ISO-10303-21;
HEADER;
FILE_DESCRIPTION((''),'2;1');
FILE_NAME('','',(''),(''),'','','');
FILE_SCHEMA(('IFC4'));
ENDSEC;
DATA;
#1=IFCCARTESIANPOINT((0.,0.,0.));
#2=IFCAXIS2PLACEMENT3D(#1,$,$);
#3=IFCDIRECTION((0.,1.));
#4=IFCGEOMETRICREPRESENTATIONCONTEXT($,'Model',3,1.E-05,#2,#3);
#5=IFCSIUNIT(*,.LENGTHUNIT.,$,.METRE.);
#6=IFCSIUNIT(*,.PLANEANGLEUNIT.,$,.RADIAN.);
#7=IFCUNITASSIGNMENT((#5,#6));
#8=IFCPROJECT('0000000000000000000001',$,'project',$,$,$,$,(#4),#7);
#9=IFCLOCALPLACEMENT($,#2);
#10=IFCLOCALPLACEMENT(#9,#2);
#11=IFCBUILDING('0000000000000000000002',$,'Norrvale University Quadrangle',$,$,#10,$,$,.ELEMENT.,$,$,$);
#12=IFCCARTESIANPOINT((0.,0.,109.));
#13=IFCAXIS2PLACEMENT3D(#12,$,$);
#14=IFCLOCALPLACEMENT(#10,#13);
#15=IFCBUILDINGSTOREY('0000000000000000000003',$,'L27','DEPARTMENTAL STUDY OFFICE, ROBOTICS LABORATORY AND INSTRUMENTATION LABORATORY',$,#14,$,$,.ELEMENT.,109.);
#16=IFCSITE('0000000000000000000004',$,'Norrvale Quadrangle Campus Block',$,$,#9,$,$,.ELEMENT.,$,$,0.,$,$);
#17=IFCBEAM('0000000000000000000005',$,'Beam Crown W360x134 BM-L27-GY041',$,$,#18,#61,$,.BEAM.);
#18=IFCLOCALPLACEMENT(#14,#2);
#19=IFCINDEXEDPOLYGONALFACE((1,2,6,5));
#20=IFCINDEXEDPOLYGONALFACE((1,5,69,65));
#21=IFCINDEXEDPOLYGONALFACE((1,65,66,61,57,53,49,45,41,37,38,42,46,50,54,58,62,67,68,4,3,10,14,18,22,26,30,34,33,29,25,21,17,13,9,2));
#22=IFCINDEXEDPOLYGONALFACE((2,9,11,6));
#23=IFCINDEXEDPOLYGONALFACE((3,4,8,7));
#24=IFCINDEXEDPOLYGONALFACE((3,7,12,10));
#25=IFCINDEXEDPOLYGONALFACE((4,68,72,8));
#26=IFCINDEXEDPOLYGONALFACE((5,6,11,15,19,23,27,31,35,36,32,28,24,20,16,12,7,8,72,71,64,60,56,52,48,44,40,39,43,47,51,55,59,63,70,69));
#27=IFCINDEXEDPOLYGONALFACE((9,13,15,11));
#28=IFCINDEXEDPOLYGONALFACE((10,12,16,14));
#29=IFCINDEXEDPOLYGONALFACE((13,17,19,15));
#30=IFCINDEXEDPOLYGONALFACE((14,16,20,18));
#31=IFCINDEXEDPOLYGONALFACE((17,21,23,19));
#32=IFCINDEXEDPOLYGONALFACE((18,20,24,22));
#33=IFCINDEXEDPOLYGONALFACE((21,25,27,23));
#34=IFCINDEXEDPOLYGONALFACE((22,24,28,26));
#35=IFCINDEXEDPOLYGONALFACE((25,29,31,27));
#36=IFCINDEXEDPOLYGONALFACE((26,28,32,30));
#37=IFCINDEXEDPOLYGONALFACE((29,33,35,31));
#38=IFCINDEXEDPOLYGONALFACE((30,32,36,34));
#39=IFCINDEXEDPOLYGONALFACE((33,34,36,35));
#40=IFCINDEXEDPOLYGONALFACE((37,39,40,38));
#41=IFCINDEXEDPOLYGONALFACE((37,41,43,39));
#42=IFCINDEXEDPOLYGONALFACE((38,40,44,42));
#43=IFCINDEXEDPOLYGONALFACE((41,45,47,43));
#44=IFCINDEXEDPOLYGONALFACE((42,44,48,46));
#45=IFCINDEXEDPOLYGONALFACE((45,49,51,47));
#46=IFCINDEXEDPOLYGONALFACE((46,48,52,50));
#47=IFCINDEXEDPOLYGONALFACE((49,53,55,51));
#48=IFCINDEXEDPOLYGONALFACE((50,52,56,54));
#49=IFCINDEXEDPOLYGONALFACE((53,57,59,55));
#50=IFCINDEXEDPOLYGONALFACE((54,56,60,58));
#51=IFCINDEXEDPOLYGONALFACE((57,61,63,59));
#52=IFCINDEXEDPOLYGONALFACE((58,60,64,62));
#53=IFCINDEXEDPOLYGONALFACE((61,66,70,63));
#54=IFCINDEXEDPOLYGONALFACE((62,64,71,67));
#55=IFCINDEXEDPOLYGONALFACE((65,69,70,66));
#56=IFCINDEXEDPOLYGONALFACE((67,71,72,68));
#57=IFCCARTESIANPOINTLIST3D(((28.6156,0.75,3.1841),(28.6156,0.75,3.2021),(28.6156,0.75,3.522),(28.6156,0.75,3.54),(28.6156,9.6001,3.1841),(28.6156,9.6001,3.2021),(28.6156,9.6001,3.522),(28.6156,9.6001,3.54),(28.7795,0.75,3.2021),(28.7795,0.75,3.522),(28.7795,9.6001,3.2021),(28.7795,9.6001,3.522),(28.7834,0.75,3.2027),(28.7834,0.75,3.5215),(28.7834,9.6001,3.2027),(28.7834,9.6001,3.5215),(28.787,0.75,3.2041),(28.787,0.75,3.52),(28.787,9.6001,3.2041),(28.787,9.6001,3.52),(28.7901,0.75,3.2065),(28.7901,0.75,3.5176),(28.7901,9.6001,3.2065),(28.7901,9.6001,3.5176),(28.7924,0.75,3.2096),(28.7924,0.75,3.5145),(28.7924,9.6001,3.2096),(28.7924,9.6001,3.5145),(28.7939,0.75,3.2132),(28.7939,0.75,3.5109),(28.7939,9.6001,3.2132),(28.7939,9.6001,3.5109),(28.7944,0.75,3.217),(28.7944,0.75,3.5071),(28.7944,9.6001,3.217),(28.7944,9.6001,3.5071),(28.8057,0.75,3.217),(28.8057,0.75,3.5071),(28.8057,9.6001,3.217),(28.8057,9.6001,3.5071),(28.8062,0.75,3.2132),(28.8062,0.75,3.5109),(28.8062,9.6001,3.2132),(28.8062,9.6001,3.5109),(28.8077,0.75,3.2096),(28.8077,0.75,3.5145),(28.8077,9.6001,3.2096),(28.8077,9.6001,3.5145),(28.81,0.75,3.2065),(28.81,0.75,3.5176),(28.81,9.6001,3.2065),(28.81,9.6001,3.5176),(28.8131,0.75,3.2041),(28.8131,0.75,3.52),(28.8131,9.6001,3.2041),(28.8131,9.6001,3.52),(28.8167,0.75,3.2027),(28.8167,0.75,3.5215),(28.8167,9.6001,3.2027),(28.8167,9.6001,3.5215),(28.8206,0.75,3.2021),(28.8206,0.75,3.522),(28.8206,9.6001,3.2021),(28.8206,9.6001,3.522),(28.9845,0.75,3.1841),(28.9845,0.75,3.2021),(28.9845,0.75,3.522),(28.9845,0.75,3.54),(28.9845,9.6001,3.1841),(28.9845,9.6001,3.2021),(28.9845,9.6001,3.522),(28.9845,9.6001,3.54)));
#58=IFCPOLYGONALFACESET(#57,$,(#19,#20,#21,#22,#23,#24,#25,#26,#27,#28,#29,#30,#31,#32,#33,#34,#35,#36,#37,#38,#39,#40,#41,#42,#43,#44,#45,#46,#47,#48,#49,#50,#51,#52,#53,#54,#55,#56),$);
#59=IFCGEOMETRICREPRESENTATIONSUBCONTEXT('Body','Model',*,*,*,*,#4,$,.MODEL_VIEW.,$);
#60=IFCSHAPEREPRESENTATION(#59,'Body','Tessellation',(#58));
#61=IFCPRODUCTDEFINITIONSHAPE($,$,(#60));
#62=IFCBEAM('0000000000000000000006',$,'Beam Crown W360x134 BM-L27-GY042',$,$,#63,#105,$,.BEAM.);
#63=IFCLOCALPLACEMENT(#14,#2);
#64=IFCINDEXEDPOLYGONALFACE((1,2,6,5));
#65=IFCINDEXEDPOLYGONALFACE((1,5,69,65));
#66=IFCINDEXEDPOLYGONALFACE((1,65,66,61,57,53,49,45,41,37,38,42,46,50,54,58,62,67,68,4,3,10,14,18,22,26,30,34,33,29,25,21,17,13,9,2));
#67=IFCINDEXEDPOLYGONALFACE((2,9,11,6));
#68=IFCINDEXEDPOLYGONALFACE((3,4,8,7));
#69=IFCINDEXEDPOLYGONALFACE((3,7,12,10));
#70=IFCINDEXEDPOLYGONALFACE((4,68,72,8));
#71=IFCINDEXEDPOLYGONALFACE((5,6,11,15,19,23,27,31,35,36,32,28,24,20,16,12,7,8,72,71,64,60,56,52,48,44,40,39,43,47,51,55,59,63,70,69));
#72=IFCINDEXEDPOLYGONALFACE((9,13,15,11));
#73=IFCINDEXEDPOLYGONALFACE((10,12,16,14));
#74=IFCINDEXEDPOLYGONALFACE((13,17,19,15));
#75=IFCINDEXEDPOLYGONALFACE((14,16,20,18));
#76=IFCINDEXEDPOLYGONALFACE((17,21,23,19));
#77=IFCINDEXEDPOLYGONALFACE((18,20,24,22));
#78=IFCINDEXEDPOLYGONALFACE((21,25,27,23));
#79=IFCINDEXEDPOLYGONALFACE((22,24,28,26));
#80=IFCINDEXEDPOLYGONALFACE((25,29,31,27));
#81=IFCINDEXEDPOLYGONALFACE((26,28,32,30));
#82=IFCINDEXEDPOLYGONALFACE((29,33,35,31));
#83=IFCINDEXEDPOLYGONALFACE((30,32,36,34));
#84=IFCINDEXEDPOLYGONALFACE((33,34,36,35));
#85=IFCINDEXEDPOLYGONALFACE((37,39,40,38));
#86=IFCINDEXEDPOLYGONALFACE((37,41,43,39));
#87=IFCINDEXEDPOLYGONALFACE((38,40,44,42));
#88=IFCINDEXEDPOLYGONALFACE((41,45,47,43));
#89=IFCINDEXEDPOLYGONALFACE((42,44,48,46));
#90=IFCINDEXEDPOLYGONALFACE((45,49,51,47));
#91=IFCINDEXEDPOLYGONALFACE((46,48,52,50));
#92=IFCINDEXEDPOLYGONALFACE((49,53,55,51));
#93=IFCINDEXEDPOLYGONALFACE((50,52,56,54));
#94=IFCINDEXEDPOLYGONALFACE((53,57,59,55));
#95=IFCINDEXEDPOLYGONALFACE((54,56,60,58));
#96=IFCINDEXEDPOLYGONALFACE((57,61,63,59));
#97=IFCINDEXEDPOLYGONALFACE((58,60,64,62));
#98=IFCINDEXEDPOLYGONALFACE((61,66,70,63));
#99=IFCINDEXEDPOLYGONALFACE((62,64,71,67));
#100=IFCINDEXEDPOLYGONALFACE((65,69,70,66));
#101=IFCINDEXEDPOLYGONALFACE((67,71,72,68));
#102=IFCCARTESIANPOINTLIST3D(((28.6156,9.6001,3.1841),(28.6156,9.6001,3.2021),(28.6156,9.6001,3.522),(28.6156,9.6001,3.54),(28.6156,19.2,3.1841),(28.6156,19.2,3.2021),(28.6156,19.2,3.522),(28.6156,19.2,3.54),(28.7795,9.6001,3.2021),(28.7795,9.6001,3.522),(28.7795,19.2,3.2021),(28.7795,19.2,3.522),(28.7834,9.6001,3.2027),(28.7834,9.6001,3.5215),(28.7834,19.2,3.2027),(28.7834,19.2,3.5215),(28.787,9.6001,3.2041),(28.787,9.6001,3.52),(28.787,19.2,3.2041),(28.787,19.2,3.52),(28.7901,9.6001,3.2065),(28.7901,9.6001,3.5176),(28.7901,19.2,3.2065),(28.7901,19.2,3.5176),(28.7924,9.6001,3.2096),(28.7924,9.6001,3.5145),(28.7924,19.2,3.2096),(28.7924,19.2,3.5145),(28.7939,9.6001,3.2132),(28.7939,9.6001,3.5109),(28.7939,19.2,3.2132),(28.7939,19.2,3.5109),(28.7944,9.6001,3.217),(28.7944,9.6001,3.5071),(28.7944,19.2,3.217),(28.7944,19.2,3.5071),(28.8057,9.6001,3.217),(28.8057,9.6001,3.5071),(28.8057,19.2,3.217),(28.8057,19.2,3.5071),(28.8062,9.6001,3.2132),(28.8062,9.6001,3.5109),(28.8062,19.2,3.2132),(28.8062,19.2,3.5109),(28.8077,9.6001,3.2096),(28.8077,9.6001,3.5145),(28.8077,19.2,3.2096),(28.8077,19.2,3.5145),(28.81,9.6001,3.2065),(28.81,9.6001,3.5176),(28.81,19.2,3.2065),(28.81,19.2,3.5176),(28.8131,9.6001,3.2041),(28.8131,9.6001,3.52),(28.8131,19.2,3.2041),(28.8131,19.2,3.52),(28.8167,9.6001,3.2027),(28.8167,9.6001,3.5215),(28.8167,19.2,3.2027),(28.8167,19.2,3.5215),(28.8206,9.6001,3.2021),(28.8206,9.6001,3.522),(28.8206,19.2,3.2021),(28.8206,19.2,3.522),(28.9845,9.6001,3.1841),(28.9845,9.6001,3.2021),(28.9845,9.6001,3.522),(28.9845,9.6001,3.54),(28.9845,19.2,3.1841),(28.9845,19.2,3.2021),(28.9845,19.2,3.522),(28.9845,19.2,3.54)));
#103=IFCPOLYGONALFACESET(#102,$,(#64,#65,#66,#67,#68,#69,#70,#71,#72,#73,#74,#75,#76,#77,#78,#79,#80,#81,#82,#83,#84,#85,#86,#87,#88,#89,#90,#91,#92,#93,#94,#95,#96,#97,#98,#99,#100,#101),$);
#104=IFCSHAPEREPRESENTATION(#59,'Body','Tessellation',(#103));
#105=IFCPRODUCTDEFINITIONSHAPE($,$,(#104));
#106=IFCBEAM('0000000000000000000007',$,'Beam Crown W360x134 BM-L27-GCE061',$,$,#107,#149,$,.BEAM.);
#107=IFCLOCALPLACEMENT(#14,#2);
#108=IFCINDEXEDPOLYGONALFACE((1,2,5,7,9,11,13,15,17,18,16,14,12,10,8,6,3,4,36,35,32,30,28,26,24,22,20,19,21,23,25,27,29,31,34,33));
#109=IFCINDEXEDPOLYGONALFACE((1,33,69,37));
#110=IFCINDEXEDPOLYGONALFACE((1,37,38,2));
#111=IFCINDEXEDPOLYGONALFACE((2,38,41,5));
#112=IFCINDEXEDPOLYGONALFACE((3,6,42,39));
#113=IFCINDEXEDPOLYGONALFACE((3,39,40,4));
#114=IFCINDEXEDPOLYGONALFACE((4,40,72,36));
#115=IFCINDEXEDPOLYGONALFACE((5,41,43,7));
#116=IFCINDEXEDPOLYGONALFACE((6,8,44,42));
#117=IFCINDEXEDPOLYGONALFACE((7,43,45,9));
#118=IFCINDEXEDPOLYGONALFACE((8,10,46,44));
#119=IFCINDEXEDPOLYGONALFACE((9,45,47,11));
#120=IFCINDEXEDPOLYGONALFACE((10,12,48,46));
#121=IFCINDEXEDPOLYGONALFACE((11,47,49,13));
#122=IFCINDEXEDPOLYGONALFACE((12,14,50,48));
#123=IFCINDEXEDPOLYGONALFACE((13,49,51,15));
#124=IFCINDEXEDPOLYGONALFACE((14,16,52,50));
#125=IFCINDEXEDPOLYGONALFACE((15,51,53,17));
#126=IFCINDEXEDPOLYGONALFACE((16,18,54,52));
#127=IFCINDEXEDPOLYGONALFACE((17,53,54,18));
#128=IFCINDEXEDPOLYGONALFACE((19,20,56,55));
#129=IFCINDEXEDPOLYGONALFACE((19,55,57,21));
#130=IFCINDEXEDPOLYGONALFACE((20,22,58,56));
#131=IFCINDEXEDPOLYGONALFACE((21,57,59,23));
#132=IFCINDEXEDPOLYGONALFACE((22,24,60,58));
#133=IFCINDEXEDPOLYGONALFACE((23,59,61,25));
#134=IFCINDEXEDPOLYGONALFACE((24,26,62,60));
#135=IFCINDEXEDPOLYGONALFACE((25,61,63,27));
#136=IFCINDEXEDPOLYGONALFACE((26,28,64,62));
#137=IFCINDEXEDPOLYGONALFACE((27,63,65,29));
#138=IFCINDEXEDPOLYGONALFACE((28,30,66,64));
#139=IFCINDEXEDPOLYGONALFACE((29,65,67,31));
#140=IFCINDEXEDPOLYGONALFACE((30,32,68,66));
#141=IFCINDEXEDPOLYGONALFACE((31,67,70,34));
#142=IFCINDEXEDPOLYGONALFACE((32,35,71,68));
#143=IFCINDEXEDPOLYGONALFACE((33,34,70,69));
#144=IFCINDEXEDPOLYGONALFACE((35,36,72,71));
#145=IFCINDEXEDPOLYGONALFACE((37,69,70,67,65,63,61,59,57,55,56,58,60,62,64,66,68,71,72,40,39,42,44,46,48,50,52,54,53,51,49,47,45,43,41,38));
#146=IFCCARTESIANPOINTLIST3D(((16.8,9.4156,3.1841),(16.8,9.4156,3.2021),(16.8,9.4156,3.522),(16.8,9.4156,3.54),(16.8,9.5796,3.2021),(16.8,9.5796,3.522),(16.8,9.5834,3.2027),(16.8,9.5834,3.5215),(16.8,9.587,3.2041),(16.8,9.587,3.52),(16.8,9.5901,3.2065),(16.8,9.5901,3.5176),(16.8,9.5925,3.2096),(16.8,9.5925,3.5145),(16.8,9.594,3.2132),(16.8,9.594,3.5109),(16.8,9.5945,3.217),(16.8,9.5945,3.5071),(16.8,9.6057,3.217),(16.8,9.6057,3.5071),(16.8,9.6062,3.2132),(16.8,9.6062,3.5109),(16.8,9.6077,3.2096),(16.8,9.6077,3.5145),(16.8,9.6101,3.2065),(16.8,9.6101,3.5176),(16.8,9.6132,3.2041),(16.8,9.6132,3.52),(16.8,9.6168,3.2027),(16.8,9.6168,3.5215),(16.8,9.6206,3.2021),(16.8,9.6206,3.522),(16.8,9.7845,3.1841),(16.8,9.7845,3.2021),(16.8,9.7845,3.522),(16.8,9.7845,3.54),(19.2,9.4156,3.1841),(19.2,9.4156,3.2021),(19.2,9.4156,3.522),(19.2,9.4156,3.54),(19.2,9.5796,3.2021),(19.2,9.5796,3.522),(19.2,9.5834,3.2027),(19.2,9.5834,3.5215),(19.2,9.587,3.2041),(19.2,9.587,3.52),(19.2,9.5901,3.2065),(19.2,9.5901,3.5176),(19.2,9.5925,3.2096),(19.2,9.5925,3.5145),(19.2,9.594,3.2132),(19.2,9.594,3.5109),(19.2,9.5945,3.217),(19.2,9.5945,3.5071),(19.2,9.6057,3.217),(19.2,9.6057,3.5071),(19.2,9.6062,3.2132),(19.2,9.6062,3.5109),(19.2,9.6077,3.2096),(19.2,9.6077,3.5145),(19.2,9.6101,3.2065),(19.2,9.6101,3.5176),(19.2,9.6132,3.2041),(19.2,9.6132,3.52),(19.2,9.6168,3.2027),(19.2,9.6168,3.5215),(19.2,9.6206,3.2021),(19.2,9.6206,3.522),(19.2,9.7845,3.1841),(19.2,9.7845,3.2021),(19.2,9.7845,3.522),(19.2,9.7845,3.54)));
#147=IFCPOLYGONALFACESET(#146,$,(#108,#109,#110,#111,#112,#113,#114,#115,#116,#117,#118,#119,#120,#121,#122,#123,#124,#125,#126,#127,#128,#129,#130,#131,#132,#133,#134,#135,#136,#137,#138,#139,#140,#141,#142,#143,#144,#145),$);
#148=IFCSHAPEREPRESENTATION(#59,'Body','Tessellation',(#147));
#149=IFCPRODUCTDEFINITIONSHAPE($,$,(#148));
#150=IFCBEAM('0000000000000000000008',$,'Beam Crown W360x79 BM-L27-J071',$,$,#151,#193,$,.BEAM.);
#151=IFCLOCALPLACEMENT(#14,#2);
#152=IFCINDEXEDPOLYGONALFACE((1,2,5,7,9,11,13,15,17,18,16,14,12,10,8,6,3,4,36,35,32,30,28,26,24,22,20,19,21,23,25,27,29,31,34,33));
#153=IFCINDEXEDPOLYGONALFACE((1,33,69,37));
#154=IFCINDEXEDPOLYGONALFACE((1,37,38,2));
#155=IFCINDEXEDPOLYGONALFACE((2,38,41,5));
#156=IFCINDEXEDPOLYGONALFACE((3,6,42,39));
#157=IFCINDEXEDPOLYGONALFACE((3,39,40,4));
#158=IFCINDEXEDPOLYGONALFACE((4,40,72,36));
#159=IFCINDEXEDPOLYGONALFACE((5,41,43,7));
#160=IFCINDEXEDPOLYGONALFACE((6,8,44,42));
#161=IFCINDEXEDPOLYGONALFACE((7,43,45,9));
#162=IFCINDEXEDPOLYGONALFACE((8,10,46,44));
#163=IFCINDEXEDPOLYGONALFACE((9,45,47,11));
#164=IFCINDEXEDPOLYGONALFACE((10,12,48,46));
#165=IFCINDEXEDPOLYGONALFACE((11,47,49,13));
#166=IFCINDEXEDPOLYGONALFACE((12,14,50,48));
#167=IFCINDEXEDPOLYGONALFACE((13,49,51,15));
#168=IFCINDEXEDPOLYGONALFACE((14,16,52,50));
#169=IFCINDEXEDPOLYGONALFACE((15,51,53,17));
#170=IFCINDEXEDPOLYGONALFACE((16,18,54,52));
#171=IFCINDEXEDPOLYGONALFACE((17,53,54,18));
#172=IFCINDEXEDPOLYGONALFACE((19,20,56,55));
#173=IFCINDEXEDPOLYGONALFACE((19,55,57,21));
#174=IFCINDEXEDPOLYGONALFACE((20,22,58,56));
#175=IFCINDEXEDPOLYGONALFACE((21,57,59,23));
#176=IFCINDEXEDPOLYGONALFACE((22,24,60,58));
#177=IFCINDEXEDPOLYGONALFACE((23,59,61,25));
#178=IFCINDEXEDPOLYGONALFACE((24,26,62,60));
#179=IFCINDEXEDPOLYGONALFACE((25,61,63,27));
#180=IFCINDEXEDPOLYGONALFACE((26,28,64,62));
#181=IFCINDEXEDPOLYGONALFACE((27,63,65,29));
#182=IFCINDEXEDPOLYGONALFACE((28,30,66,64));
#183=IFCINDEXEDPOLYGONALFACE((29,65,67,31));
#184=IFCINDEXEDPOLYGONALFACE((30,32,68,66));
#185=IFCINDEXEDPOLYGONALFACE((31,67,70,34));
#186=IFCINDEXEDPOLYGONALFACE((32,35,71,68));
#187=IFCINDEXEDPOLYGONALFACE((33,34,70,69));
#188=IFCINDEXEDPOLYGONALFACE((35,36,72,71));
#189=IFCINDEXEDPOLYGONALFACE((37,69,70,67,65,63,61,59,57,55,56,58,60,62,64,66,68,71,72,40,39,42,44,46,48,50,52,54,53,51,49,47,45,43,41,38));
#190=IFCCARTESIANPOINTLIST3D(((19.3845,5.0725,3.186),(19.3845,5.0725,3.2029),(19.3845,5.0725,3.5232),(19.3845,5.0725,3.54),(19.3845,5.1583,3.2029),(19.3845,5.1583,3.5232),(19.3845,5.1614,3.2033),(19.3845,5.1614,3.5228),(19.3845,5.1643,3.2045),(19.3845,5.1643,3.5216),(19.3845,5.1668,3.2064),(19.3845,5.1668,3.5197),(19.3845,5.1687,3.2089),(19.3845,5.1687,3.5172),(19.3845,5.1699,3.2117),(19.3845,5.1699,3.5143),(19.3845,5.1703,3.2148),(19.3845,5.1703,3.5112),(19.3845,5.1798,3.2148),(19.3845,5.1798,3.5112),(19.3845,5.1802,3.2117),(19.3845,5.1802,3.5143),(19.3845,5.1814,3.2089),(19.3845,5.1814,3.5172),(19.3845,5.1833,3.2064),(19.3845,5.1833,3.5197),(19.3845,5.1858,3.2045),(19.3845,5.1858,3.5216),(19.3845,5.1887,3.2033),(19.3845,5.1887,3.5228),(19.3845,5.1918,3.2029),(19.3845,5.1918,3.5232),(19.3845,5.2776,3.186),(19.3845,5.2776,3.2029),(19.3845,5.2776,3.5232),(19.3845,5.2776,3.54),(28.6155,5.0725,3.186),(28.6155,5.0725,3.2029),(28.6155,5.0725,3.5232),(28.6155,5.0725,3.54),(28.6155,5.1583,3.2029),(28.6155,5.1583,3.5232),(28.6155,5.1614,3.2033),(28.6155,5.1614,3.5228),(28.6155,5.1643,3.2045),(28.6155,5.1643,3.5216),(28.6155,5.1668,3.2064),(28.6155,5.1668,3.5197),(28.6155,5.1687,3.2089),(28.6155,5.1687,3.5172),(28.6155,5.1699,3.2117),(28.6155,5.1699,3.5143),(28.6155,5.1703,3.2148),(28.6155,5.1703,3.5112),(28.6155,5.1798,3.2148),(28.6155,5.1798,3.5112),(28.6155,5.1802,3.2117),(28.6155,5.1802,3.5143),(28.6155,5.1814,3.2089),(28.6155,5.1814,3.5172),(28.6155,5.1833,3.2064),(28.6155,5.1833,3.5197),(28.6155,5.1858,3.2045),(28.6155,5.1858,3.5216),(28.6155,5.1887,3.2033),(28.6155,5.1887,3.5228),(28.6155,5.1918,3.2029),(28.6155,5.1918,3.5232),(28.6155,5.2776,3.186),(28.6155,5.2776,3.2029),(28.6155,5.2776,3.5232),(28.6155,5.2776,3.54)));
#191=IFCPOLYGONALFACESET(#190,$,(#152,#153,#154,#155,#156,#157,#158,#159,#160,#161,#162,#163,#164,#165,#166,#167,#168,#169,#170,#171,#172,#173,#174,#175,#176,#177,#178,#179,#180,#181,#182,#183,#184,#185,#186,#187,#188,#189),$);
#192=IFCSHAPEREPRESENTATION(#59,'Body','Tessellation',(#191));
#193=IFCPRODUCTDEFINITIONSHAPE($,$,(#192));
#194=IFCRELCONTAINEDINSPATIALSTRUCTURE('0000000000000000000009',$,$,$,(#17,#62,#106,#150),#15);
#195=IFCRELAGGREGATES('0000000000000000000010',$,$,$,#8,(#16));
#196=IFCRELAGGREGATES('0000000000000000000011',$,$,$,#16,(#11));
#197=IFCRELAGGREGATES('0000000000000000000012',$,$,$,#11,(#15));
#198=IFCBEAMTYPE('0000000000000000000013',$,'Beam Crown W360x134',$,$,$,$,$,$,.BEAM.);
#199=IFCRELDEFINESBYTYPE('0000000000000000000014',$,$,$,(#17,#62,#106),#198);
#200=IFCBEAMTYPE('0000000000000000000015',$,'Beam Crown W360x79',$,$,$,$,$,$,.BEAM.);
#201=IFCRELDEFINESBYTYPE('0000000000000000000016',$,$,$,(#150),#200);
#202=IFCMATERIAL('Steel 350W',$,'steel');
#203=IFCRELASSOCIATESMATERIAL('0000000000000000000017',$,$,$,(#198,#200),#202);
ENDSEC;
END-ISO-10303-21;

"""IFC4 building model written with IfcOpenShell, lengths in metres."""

from ifc_helpers import new_model, si_unit, direction, frame, origin, origin_2d, place, context, subcontext, project, spatial, i_section, extrude, material, material_profile, profile_set, type_object, element, save


model = new_model("IFC4")

# Units and contexts
model_context = context("Model", 3, precision=1e-05, world=origin(), true_north=direction((0.0, 1.0)))
body_context = subcontext(model_context, "Body", "Model", "MODEL_VIEW")
ifc_project = project(units=[si_unit("LENGTHUNIT", "METRE"), si_unit("PLANEANGLEUNIT", "RADIAN")], contexts=[model_context])

# Site, building, storey
site_placement = place(None, origin())
site = spatial("IfcSite", under=ifc_project, at=site_placement, Name="Norrvale Quadrangle Campus Block", CompositionType="ELEMENT", RefElevation=0.0)
building_placement = place(site_placement, origin())
building = spatial("IfcBuilding", under=site, at=building_placement, Name="Norrvale University Quadrangle", CompositionType="ELEMENT")
storey_placement = place(building_placement, frame((0.0, 0.0, 109.0)))
storey = spatial("IfcBuildingStorey", under=building, at=storey_placement, Name="L27", Description="DEPARTMENTAL STUDY OFFICE, ROBOTICS LABORATORY AND INSTRUMENTATION LABORATORY", CompositionType="ELEMENT", Elevation=109.0)

# Beams
ifc_material_1 = material(Name="Steel 350W", Category="steel")
ifc_material_profile_1 = material_profile(ifc_material_1, i_section(OverallWidth=0.3689, OverallDepth=0.356, WebThickness=0.0112, FlangeThickness=0.0181, FilletRadius=0.0149, at=origin_2d()), Name="Steel 350W")
ifc_profile_set_1 = profile_set([ifc_material_profile_1], Name="Steel 350W")
beam_type_1 = type_object("IfcBeamType", Name="Beam Crown W360x134", PredefinedType="BEAM", material=ifc_profile_set_1)
beam_1_placement = place(storey_placement, frame((28.8, 0.75, 3.3621), z_axis=(0.0, 1.0, 0.0), x_axis=(-1.0, 0.0, 0.0)))
element("IfcBeam", 1, at=beam_1_placement, inside=storey, type_object=beam_type_1, Name="Beam Crown W360x134 BM-L27-GY041", PredefinedType="BEAM", context=body_context, shape_type="SweptSolid", body=[
    extrude(i_section(OverallWidth=0.3689, OverallDepth=0.356, WebThickness=0.0112, FlangeThickness=0.0181, FilletRadius=0.0149, at=origin_2d()), origin(), (0.0, 0.0, 1.0), 8.8501),
])
beam_2_placement = place(storey_placement, frame((28.8, 9.6001, 3.3621), z_axis=(0.0, 1.0, 0.0), x_axis=(-1.0, 0.0, 0.0)))
element("IfcBeam", 2, at=beam_2_placement, inside=storey, type_object=beam_type_1, Name="Beam Crown W360x134 BM-L27-GY042", PredefinedType="BEAM", context=body_context, shape_type="SweptSolid", body=[
    extrude(i_section(OverallWidth=0.3689, OverallDepth=0.356, WebThickness=0.0112, FlangeThickness=0.0181, FilletRadius=0.0149, at=origin_2d()), origin(), (0.0, 0.0, 1.0), 9.5999),
])
beam_3_placement = place(storey_placement, frame((16.8, 9.6001, 3.3621), z_axis=(1.0, 0.0, 0.0), x_axis=(0.0, 1.0, 0.0)))
element("IfcBeam", 3, at=beam_3_placement, inside=storey, type_object=beam_type_1, Name="Beam Crown W360x134 BM-L27-GCE061", PredefinedType="BEAM", context=body_context, shape_type="SweptSolid", body=[
    extrude(i_section(OverallWidth=0.3689, OverallDepth=0.356, WebThickness=0.0112, FlangeThickness=0.0181, FilletRadius=0.0149, at=origin_2d()), origin(), (0.0, 0.0, 1.0), 2.3999),
])
ifc_material_profile_2 = material_profile(ifc_material_1, i_section(OverallWidth=0.2051, OverallDepth=0.354, WebThickness=0.0095, FlangeThickness=0.0168, FilletRadius=0.012, at=origin_2d()), Name="Steel 350W")
ifc_profile_set_2 = profile_set([ifc_material_profile_2], Name="Steel 350W")
beam_type_2 = type_object("IfcBeamType", Name="Beam Crown W360x79", PredefinedType="BEAM", material=ifc_profile_set_2)
beam_4_placement = place(storey_placement, frame((19.3845, 5.175, 3.363), z_axis=(1.0, 0.0, 0.0), x_axis=(0.0, 1.0, 0.0)))
element("IfcBeam", 4, at=beam_4_placement, inside=storey, type_object=beam_type_2, Name="Beam Crown W360x79 BM-L27-J071", PredefinedType="BEAM", context=body_context, shape_type="SweptSolid", body=[
    extrude(i_section(OverallWidth=0.2051, OverallDepth=0.354, WebThickness=0.0095, FlangeThickness=0.0168, FilletRadius=0.012, at=origin_2d()), origin(), (0.0, 0.0, 1.0), 9.231),
])

save(model, "model.ifc")
